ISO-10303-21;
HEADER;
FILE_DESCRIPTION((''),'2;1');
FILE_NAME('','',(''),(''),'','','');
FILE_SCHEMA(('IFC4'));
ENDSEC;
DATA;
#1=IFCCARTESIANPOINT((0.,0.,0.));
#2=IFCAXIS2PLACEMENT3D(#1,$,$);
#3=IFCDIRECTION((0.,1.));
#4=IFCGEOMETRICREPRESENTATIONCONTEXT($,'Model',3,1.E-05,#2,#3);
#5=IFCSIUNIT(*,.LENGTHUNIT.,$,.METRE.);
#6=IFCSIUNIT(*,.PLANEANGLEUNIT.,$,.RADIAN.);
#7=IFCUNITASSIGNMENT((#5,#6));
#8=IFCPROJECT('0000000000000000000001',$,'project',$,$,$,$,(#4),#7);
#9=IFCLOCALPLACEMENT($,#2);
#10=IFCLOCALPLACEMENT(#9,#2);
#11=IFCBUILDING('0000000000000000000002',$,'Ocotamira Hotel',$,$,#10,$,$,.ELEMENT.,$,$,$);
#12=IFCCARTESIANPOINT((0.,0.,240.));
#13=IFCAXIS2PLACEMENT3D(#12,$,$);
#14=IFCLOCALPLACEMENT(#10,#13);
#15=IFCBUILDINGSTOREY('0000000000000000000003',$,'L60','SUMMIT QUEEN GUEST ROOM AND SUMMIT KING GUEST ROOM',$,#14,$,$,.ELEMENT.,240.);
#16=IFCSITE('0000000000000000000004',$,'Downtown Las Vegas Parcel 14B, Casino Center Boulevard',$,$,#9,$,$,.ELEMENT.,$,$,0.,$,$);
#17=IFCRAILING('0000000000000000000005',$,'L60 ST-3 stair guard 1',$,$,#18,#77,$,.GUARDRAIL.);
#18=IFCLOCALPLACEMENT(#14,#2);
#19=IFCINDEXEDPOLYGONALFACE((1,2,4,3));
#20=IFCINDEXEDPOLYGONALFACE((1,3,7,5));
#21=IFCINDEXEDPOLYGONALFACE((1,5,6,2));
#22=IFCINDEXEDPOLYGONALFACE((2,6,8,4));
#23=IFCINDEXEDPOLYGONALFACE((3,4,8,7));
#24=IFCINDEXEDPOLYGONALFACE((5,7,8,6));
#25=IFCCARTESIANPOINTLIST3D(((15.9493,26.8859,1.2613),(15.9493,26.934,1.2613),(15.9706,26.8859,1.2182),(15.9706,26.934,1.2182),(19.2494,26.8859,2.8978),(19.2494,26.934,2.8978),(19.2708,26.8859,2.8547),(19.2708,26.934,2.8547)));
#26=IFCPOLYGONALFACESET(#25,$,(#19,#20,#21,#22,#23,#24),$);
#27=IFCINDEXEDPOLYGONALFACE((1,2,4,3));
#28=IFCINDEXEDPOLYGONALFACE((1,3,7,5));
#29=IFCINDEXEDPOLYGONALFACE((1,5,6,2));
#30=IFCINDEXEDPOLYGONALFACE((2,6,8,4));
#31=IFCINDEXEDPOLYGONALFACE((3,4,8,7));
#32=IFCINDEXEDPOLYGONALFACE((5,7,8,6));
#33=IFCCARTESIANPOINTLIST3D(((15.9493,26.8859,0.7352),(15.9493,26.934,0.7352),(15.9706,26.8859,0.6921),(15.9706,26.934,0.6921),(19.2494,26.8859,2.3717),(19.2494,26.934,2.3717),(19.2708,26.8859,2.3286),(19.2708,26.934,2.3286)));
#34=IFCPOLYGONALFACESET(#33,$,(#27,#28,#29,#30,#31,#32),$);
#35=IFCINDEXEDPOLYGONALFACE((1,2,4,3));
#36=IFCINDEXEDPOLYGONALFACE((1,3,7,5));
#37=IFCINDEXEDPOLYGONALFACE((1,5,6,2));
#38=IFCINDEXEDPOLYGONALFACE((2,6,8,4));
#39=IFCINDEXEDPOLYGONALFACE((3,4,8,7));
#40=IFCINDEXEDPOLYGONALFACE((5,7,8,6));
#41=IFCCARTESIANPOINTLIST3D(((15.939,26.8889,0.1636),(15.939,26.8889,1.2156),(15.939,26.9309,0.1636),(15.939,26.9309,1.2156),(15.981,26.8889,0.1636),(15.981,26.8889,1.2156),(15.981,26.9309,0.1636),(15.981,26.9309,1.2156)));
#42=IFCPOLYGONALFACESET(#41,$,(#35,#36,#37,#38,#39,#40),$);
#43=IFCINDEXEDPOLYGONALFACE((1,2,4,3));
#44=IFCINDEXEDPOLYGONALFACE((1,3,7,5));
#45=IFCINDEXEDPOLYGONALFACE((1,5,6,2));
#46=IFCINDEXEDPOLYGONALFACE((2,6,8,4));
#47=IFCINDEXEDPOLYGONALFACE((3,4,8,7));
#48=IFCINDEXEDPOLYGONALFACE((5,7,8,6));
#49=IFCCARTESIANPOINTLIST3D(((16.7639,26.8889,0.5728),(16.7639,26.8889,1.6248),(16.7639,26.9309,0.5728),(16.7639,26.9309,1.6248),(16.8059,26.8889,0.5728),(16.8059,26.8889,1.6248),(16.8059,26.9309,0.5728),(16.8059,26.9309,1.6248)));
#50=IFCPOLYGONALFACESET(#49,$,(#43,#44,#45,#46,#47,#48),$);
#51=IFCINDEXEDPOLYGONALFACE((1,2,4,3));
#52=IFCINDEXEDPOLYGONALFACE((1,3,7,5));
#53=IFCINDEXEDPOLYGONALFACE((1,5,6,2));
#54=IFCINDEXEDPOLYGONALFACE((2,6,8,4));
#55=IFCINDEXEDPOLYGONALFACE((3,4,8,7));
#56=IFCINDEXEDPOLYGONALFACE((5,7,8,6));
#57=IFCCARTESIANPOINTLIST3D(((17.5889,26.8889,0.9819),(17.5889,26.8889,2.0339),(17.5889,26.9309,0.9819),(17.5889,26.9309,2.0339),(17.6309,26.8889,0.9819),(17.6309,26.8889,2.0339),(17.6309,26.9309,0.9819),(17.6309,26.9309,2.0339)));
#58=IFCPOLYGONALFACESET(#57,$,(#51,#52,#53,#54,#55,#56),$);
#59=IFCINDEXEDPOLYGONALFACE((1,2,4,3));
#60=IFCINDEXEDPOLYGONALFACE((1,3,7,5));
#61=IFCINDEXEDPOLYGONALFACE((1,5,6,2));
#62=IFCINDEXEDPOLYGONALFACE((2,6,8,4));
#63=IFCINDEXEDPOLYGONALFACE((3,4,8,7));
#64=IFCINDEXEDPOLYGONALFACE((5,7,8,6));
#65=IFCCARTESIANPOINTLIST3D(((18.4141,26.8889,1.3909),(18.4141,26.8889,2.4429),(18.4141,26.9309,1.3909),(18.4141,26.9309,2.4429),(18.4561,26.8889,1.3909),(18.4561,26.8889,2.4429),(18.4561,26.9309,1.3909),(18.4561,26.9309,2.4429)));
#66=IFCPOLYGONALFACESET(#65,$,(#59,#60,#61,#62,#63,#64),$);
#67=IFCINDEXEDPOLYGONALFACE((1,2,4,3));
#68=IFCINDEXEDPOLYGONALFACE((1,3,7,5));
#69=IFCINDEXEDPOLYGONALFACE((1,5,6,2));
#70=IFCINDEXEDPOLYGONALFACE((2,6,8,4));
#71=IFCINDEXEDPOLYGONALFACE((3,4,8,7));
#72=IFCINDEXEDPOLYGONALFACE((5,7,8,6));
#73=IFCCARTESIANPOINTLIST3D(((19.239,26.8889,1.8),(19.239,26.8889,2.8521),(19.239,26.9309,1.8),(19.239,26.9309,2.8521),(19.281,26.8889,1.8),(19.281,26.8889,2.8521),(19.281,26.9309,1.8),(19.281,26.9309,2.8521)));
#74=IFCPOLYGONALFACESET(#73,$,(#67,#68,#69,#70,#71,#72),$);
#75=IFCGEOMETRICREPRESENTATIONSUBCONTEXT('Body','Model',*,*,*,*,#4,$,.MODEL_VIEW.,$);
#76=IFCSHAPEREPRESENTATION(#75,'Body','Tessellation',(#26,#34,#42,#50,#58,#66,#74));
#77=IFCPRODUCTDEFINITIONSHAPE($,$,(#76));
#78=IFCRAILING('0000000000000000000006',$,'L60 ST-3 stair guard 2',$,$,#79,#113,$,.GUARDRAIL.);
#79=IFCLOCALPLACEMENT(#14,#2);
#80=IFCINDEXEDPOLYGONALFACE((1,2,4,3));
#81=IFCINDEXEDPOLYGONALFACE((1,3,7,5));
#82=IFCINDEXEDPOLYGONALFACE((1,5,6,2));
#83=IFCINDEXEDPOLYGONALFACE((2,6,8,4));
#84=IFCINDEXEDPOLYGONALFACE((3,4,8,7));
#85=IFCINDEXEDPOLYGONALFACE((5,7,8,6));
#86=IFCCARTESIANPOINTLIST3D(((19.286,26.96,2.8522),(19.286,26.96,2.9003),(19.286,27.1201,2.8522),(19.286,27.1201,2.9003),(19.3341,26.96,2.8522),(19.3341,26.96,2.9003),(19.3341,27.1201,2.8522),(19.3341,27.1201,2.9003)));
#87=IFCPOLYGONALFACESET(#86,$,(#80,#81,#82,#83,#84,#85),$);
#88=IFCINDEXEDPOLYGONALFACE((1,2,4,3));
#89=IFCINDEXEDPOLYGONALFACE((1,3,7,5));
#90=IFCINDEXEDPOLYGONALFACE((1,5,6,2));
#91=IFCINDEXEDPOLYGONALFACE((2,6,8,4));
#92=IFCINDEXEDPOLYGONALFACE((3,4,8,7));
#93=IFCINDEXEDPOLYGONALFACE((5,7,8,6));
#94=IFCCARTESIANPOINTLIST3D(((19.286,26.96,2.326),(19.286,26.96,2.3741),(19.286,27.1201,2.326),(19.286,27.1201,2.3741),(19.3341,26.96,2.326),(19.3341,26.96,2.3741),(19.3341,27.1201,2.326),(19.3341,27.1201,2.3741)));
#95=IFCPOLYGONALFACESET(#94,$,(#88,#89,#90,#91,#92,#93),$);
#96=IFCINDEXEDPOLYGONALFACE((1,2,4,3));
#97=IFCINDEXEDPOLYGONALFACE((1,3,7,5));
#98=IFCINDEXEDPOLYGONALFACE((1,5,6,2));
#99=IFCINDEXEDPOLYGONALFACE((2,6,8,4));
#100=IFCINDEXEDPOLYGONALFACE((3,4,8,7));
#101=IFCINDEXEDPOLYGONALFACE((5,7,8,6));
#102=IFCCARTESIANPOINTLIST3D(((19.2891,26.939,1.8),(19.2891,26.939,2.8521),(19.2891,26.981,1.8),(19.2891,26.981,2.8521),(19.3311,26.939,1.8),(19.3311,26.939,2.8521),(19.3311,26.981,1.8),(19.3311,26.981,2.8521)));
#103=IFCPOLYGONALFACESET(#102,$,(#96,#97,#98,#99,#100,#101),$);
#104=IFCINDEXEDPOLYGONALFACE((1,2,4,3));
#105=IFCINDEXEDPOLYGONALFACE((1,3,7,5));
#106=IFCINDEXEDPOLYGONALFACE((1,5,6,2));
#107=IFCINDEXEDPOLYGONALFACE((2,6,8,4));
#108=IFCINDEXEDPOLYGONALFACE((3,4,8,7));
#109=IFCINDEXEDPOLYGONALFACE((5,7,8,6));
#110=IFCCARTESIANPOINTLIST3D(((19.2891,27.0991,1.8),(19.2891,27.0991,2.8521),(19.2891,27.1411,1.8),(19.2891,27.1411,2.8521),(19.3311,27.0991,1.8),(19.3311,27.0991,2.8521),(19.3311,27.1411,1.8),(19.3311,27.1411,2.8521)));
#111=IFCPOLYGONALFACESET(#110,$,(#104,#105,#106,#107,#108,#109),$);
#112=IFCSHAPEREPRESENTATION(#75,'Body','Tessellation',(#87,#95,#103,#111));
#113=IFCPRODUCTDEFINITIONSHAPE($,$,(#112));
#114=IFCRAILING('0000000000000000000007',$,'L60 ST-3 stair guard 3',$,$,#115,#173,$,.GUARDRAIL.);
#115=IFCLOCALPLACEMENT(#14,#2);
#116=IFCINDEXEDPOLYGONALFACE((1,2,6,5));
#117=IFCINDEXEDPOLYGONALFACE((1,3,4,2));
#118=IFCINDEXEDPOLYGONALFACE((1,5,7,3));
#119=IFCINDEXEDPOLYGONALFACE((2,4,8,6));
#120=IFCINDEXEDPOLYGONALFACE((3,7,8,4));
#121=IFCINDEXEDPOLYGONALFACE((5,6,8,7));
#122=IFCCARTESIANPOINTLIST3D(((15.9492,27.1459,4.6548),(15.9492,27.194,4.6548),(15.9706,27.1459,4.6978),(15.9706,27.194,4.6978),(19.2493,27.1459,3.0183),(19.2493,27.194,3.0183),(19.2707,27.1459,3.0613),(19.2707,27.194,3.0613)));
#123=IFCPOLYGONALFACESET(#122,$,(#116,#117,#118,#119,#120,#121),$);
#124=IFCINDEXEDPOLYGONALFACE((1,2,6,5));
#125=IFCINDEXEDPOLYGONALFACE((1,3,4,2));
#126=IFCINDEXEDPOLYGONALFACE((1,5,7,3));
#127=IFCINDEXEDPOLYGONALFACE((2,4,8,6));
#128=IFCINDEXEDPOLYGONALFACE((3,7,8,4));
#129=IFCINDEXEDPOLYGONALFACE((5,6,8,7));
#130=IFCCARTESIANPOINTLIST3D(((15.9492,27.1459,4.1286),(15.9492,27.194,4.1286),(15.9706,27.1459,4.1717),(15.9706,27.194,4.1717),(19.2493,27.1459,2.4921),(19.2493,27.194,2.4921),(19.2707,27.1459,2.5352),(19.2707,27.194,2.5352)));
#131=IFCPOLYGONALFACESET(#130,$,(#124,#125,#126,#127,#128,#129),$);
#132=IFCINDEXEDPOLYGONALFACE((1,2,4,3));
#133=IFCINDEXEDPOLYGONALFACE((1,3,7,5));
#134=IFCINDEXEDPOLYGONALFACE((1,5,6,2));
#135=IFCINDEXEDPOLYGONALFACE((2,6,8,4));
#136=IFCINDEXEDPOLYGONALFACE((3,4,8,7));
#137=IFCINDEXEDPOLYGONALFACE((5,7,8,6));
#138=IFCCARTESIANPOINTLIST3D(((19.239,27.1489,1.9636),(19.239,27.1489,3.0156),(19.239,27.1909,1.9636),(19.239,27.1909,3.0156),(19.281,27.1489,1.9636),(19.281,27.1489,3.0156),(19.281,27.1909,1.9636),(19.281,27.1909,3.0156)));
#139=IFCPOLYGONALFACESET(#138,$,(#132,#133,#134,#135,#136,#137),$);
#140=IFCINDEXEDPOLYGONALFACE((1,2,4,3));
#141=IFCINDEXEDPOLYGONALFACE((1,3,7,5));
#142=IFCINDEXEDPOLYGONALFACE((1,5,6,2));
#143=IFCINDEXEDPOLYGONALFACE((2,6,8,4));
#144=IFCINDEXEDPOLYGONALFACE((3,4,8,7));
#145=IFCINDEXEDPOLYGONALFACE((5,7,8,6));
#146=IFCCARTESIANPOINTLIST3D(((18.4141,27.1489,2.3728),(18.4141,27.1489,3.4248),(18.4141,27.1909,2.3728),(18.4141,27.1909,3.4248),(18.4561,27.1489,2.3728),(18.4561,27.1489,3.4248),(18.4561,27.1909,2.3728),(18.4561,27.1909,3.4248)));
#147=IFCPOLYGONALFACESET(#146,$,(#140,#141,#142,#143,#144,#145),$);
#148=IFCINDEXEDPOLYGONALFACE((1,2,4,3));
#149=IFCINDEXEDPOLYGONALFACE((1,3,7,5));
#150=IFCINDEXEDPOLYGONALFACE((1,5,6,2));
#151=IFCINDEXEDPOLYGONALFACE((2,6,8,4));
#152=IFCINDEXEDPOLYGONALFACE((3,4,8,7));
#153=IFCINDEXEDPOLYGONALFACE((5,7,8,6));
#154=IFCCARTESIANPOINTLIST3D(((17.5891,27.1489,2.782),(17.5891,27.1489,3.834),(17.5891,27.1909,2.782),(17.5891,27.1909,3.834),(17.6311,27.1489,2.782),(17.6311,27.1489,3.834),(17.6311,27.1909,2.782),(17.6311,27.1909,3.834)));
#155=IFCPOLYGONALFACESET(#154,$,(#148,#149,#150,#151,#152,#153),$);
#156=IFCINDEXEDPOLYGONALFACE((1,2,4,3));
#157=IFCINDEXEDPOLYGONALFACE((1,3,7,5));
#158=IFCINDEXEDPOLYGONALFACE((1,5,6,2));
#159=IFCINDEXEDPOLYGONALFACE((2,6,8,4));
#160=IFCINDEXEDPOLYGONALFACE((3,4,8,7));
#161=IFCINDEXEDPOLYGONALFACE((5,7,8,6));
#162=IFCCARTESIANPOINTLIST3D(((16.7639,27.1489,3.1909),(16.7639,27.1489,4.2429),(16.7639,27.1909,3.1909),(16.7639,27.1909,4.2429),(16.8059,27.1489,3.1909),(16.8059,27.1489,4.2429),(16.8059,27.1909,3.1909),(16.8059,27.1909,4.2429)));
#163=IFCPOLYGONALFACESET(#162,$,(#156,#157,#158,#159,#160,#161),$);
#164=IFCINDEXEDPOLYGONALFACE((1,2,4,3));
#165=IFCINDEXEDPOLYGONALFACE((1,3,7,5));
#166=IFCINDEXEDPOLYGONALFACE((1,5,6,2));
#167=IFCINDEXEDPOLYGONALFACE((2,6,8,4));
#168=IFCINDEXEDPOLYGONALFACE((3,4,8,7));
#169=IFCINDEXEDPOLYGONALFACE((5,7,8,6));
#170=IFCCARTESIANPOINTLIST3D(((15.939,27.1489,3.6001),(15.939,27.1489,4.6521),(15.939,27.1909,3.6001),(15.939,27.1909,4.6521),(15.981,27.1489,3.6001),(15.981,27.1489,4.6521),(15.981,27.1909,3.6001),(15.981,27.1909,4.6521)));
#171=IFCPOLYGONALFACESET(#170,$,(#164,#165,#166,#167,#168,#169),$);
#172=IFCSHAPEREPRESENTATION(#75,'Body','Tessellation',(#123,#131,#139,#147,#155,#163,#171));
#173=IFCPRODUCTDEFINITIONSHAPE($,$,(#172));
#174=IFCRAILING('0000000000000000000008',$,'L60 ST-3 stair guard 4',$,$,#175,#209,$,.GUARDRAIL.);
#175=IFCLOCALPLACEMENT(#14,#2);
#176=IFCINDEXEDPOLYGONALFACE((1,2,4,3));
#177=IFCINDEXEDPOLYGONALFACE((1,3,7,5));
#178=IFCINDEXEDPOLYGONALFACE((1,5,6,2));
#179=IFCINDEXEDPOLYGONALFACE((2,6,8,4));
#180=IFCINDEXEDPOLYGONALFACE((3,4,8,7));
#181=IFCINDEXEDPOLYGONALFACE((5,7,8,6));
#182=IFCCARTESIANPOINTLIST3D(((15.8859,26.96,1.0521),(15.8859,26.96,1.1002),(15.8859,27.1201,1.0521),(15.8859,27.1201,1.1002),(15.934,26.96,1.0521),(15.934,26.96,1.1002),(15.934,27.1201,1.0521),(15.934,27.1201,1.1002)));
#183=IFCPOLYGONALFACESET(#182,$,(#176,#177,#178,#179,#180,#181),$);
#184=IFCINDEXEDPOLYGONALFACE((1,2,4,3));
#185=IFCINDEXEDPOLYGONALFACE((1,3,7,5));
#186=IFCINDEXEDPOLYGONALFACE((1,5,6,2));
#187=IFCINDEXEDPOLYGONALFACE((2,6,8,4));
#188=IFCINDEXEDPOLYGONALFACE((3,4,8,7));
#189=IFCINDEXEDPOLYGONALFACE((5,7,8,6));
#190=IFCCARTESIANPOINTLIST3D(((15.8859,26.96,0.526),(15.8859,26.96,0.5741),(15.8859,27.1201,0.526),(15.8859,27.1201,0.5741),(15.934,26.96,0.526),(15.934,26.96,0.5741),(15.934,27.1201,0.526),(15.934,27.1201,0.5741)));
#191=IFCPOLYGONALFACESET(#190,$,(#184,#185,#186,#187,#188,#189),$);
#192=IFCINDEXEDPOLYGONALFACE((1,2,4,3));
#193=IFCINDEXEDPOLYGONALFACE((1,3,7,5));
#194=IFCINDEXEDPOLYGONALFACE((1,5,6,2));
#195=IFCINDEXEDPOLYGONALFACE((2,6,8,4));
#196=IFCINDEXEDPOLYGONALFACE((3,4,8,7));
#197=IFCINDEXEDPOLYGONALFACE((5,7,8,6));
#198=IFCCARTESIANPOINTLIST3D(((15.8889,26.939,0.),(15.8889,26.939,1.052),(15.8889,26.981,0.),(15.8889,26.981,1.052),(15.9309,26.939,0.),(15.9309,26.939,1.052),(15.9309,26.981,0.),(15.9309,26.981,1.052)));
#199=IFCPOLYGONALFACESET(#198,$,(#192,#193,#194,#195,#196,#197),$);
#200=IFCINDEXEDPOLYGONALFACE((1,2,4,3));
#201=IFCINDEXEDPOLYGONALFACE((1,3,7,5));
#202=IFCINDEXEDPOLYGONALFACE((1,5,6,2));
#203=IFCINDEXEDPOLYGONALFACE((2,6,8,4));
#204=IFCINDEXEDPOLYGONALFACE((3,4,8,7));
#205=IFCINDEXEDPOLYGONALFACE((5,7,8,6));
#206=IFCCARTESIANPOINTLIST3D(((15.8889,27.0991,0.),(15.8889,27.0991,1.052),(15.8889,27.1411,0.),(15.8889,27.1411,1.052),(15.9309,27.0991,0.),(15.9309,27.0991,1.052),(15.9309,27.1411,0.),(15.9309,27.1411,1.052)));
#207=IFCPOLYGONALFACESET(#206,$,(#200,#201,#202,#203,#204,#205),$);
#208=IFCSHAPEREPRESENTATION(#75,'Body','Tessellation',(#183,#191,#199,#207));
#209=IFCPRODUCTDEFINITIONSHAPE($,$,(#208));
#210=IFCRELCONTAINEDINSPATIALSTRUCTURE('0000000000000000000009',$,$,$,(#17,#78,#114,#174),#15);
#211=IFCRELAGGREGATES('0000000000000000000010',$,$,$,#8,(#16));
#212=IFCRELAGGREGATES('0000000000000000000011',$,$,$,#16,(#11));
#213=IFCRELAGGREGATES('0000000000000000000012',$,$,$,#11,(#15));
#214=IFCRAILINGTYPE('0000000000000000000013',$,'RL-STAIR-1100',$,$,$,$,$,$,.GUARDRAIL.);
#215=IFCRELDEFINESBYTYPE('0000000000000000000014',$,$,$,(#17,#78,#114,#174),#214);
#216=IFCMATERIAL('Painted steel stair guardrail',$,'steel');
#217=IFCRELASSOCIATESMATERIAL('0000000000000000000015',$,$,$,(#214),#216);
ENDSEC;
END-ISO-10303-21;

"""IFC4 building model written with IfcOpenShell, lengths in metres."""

from ifc_helpers import new_model, si_unit, direction, frame, origin, origin_2d, place, context, subcontext, project, spatial, rectangle, extrude, material, type_object, element, save


model = new_model("IFC4")

# Units and contexts
model_context = context("Model", 3, precision=1e-05, world=origin(), true_north=direction((0.0, 1.0)))
body_context = subcontext(model_context, "Body", "Model", "MODEL_VIEW")
ifc_project = project(units=[si_unit("LENGTHUNIT", "METRE"), si_unit("PLANEANGLEUNIT", "RADIAN")], contexts=[model_context])

# Site, building, storey
site_placement = place(None, origin())
site = spatial("IfcSite", under=ifc_project, at=site_placement, Name="Downtown Las Vegas Parcel 14B, Casino Center Boulevard", CompositionType="ELEMENT", RefElevation=0.0)
building_placement = place(site_placement, origin())
building = spatial("IfcBuilding", under=site, at=building_placement, Name="Ocotamira Hotel", CompositionType="ELEMENT")
storey_placement = place(building_placement, frame((0.0, 0.0, 240.0)))
storey = spatial("IfcBuildingStorey", under=building, at=storey_placement, Name="L60", Description="SUMMIT QUEEN GUEST ROOM AND SUMMIT KING GUEST ROOM", CompositionType="ELEMENT", Elevation=240.0)

# Railings
ifc_material_1 = material(Name="Painted steel stair guardrail", Category="steel")
railing_type_1 = type_object("IfcRailingType", Name="RL-STAIR-1100", PredefinedType="GUARDRAIL", material=ifc_material_1)
railing_1_placement = place(storey_placement, frame((15.96, 26.9099, 0.1636)))
element("IfcRailing", 1, at=railing_1_placement, inside=storey, type_object=railing_type_1, Name="L60 ST-3 stair guard 1", PredefinedType="GUARDRAIL", context=body_context, shape_type="SweptSolid", body=[
    extrude(rectangle(XDim=0.0481, YDim=0.0481, at=origin_2d()), frame((0.0, 0.0, 1.0762), z_axis=(0.895894, 0.0, 0.444268), x_axis=(0.0, 1.0, 0.0)), (0.0, 0.0, 1.0), 3.6836),
    extrude(rectangle(XDim=0.0481, YDim=0.0481, at=origin_2d()), frame((0.0, 0.0, 0.55), z_axis=(0.895894, 0.0, 0.444268), x_axis=(0.0, 1.0, 0.0)), (0.0, 0.0, 1.0), 3.6836),
    extrude(rectangle(XDim=0.042, YDim=0.042, at=origin_2d()), origin(), (0.0, 0.0, 1.0), 1.052),
    extrude(rectangle(XDim=0.042, YDim=0.042, at=origin_2d()), frame((0.825, 0.0, 0.4092)), (0.0, 0.0, 1.0), 1.052),
    extrude(rectangle(XDim=0.042, YDim=0.042, at=origin_2d()), frame((1.6499, 0.0, 0.8184)), (0.0, 0.0, 1.0), 1.052),
    extrude(rectangle(XDim=0.042, YDim=0.042, at=origin_2d()), frame((2.4751, 0.0, 1.2273)), (0.0, 0.0, 1.0), 1.052),
    extrude(rectangle(XDim=0.042, YDim=0.042, at=origin_2d()), frame((3.3, 0.0, 1.6365)), (0.0, 0.0, 1.0), 1.052),
])
railing_2_placement = place(storey_placement, frame((19.3101, 26.96, 1.8)))
element("IfcRailing", 2, at=railing_2_placement, inside=storey, type_object=railing_type_1, Name="L60 ST-3 stair guard 2", PredefinedType="GUARDRAIL", context=body_context, shape_type="SweptSolid", body=[
    extrude(rectangle(XDim=0.0481, YDim=0.0481, at=origin_2d()), frame((0.0, 0.0, 1.0762), z_axis=(0.0, 1.0, 0.0), x_axis=(-1.0, 0.0, 0.0)), (0.0, 0.0, 1.0), 0.1602),
    extrude(rectangle(XDim=0.0481, YDim=0.0481, at=origin_2d()), frame((0.0, 0.0, 0.55), z_axis=(0.0, 1.0, 0.0), x_axis=(-1.0, 0.0, 0.0)), (0.0, 0.0, 1.0), 0.1602),
    extrude(rectangle(XDim=0.042, YDim=0.042, at=origin_2d()), origin(), (0.0, 0.0, 1.0), 1.052),
    extrude(rectangle(XDim=0.042, YDim=0.042, at=origin_2d()), frame((0.0, 0.1602, 0.0)), (0.0, 0.0, 1.0), 1.052),
])
railing_3_placement = place(storey_placement, frame((19.26, 27.1699, 1.9636)))
element("IfcRailing", 3, at=railing_3_placement, inside=storey, type_object=railing_type_1, Name="L60 ST-3 stair guard 3", PredefinedType="GUARDRAIL", context=body_context, shape_type="SweptSolid", body=[
    extrude(rectangle(XDim=0.0481, YDim=0.0481, at=origin_2d()), frame((0.0, 0.0, 1.0762), z_axis=(-0.895894, 0.0, 0.444268), x_axis=(0.0, -1.0, 0.0)), (0.0, 0.0, 1.0), 3.6836),
    extrude(rectangle(XDim=0.0481, YDim=0.0481, at=origin_2d()), frame((0.0, 0.0, 0.55), z_axis=(-0.895894, 0.0, 0.444268), x_axis=(0.0, -1.0, 0.0)), (0.0, 0.0, 1.0), 3.6836),
    extrude(rectangle(XDim=0.042, YDim=0.042, at=origin_2d()), origin(), (0.0, 0.0, 1.0), 1.052),
    extrude(rectangle(XDim=0.042, YDim=0.042, at=origin_2d()), frame((-0.825, 0.0, 0.4092)), (0.0, 0.0, 1.0), 1.052),
    extrude(rectangle(XDim=0.042, YDim=0.042, at=origin_2d()), frame((-1.6499, 0.0, 0.8184)), (0.0, 0.0, 1.0), 1.052),
    extrude(rectangle(XDim=0.042, YDim=0.042, at=origin_2d()), frame((-2.4751, 0.0, 1.2273)), (0.0, 0.0, 1.0), 1.052),
    extrude(rectangle(XDim=0.042, YDim=0.042, at=origin_2d()), frame((-3.3, 0.0, 1.6365)), (0.0, 0.0, 1.0), 1.052),
])
railing_4_placement = place(storey_placement, frame((15.9099, 26.96, 0.0)))
element("IfcRailing", 4, at=railing_4_placement, inside=storey, type_object=railing_type_1, Name="L60 ST-3 stair guard 4", PredefinedType="GUARDRAIL", context=body_context, shape_type="SweptSolid", body=[
    extrude(rectangle(XDim=0.0481, YDim=0.0481, at=origin_2d()), frame((0.0, 0.0, 1.0762), z_axis=(0.0, 1.0, 0.0), x_axis=(-1.0, 0.0, 0.0)), (0.0, 0.0, 1.0), 0.1602),
    extrude(rectangle(XDim=0.0481, YDim=0.0481, at=origin_2d()), frame((0.0, 0.0, 0.55), z_axis=(0.0, 1.0, 0.0), x_axis=(-1.0, 0.0, 0.0)), (0.0, 0.0, 1.0), 0.1602),
    extrude(rectangle(XDim=0.042, YDim=0.042, at=origin_2d()), origin(), (0.0, 0.0, 1.0), 1.052),
    extrude(rectangle(XDim=0.042, YDim=0.042, at=origin_2d()), frame((0.0, 0.1602, 0.0)), (0.0, 0.0, 1.0), 1.052),
])

save(model, "model.ifc")
